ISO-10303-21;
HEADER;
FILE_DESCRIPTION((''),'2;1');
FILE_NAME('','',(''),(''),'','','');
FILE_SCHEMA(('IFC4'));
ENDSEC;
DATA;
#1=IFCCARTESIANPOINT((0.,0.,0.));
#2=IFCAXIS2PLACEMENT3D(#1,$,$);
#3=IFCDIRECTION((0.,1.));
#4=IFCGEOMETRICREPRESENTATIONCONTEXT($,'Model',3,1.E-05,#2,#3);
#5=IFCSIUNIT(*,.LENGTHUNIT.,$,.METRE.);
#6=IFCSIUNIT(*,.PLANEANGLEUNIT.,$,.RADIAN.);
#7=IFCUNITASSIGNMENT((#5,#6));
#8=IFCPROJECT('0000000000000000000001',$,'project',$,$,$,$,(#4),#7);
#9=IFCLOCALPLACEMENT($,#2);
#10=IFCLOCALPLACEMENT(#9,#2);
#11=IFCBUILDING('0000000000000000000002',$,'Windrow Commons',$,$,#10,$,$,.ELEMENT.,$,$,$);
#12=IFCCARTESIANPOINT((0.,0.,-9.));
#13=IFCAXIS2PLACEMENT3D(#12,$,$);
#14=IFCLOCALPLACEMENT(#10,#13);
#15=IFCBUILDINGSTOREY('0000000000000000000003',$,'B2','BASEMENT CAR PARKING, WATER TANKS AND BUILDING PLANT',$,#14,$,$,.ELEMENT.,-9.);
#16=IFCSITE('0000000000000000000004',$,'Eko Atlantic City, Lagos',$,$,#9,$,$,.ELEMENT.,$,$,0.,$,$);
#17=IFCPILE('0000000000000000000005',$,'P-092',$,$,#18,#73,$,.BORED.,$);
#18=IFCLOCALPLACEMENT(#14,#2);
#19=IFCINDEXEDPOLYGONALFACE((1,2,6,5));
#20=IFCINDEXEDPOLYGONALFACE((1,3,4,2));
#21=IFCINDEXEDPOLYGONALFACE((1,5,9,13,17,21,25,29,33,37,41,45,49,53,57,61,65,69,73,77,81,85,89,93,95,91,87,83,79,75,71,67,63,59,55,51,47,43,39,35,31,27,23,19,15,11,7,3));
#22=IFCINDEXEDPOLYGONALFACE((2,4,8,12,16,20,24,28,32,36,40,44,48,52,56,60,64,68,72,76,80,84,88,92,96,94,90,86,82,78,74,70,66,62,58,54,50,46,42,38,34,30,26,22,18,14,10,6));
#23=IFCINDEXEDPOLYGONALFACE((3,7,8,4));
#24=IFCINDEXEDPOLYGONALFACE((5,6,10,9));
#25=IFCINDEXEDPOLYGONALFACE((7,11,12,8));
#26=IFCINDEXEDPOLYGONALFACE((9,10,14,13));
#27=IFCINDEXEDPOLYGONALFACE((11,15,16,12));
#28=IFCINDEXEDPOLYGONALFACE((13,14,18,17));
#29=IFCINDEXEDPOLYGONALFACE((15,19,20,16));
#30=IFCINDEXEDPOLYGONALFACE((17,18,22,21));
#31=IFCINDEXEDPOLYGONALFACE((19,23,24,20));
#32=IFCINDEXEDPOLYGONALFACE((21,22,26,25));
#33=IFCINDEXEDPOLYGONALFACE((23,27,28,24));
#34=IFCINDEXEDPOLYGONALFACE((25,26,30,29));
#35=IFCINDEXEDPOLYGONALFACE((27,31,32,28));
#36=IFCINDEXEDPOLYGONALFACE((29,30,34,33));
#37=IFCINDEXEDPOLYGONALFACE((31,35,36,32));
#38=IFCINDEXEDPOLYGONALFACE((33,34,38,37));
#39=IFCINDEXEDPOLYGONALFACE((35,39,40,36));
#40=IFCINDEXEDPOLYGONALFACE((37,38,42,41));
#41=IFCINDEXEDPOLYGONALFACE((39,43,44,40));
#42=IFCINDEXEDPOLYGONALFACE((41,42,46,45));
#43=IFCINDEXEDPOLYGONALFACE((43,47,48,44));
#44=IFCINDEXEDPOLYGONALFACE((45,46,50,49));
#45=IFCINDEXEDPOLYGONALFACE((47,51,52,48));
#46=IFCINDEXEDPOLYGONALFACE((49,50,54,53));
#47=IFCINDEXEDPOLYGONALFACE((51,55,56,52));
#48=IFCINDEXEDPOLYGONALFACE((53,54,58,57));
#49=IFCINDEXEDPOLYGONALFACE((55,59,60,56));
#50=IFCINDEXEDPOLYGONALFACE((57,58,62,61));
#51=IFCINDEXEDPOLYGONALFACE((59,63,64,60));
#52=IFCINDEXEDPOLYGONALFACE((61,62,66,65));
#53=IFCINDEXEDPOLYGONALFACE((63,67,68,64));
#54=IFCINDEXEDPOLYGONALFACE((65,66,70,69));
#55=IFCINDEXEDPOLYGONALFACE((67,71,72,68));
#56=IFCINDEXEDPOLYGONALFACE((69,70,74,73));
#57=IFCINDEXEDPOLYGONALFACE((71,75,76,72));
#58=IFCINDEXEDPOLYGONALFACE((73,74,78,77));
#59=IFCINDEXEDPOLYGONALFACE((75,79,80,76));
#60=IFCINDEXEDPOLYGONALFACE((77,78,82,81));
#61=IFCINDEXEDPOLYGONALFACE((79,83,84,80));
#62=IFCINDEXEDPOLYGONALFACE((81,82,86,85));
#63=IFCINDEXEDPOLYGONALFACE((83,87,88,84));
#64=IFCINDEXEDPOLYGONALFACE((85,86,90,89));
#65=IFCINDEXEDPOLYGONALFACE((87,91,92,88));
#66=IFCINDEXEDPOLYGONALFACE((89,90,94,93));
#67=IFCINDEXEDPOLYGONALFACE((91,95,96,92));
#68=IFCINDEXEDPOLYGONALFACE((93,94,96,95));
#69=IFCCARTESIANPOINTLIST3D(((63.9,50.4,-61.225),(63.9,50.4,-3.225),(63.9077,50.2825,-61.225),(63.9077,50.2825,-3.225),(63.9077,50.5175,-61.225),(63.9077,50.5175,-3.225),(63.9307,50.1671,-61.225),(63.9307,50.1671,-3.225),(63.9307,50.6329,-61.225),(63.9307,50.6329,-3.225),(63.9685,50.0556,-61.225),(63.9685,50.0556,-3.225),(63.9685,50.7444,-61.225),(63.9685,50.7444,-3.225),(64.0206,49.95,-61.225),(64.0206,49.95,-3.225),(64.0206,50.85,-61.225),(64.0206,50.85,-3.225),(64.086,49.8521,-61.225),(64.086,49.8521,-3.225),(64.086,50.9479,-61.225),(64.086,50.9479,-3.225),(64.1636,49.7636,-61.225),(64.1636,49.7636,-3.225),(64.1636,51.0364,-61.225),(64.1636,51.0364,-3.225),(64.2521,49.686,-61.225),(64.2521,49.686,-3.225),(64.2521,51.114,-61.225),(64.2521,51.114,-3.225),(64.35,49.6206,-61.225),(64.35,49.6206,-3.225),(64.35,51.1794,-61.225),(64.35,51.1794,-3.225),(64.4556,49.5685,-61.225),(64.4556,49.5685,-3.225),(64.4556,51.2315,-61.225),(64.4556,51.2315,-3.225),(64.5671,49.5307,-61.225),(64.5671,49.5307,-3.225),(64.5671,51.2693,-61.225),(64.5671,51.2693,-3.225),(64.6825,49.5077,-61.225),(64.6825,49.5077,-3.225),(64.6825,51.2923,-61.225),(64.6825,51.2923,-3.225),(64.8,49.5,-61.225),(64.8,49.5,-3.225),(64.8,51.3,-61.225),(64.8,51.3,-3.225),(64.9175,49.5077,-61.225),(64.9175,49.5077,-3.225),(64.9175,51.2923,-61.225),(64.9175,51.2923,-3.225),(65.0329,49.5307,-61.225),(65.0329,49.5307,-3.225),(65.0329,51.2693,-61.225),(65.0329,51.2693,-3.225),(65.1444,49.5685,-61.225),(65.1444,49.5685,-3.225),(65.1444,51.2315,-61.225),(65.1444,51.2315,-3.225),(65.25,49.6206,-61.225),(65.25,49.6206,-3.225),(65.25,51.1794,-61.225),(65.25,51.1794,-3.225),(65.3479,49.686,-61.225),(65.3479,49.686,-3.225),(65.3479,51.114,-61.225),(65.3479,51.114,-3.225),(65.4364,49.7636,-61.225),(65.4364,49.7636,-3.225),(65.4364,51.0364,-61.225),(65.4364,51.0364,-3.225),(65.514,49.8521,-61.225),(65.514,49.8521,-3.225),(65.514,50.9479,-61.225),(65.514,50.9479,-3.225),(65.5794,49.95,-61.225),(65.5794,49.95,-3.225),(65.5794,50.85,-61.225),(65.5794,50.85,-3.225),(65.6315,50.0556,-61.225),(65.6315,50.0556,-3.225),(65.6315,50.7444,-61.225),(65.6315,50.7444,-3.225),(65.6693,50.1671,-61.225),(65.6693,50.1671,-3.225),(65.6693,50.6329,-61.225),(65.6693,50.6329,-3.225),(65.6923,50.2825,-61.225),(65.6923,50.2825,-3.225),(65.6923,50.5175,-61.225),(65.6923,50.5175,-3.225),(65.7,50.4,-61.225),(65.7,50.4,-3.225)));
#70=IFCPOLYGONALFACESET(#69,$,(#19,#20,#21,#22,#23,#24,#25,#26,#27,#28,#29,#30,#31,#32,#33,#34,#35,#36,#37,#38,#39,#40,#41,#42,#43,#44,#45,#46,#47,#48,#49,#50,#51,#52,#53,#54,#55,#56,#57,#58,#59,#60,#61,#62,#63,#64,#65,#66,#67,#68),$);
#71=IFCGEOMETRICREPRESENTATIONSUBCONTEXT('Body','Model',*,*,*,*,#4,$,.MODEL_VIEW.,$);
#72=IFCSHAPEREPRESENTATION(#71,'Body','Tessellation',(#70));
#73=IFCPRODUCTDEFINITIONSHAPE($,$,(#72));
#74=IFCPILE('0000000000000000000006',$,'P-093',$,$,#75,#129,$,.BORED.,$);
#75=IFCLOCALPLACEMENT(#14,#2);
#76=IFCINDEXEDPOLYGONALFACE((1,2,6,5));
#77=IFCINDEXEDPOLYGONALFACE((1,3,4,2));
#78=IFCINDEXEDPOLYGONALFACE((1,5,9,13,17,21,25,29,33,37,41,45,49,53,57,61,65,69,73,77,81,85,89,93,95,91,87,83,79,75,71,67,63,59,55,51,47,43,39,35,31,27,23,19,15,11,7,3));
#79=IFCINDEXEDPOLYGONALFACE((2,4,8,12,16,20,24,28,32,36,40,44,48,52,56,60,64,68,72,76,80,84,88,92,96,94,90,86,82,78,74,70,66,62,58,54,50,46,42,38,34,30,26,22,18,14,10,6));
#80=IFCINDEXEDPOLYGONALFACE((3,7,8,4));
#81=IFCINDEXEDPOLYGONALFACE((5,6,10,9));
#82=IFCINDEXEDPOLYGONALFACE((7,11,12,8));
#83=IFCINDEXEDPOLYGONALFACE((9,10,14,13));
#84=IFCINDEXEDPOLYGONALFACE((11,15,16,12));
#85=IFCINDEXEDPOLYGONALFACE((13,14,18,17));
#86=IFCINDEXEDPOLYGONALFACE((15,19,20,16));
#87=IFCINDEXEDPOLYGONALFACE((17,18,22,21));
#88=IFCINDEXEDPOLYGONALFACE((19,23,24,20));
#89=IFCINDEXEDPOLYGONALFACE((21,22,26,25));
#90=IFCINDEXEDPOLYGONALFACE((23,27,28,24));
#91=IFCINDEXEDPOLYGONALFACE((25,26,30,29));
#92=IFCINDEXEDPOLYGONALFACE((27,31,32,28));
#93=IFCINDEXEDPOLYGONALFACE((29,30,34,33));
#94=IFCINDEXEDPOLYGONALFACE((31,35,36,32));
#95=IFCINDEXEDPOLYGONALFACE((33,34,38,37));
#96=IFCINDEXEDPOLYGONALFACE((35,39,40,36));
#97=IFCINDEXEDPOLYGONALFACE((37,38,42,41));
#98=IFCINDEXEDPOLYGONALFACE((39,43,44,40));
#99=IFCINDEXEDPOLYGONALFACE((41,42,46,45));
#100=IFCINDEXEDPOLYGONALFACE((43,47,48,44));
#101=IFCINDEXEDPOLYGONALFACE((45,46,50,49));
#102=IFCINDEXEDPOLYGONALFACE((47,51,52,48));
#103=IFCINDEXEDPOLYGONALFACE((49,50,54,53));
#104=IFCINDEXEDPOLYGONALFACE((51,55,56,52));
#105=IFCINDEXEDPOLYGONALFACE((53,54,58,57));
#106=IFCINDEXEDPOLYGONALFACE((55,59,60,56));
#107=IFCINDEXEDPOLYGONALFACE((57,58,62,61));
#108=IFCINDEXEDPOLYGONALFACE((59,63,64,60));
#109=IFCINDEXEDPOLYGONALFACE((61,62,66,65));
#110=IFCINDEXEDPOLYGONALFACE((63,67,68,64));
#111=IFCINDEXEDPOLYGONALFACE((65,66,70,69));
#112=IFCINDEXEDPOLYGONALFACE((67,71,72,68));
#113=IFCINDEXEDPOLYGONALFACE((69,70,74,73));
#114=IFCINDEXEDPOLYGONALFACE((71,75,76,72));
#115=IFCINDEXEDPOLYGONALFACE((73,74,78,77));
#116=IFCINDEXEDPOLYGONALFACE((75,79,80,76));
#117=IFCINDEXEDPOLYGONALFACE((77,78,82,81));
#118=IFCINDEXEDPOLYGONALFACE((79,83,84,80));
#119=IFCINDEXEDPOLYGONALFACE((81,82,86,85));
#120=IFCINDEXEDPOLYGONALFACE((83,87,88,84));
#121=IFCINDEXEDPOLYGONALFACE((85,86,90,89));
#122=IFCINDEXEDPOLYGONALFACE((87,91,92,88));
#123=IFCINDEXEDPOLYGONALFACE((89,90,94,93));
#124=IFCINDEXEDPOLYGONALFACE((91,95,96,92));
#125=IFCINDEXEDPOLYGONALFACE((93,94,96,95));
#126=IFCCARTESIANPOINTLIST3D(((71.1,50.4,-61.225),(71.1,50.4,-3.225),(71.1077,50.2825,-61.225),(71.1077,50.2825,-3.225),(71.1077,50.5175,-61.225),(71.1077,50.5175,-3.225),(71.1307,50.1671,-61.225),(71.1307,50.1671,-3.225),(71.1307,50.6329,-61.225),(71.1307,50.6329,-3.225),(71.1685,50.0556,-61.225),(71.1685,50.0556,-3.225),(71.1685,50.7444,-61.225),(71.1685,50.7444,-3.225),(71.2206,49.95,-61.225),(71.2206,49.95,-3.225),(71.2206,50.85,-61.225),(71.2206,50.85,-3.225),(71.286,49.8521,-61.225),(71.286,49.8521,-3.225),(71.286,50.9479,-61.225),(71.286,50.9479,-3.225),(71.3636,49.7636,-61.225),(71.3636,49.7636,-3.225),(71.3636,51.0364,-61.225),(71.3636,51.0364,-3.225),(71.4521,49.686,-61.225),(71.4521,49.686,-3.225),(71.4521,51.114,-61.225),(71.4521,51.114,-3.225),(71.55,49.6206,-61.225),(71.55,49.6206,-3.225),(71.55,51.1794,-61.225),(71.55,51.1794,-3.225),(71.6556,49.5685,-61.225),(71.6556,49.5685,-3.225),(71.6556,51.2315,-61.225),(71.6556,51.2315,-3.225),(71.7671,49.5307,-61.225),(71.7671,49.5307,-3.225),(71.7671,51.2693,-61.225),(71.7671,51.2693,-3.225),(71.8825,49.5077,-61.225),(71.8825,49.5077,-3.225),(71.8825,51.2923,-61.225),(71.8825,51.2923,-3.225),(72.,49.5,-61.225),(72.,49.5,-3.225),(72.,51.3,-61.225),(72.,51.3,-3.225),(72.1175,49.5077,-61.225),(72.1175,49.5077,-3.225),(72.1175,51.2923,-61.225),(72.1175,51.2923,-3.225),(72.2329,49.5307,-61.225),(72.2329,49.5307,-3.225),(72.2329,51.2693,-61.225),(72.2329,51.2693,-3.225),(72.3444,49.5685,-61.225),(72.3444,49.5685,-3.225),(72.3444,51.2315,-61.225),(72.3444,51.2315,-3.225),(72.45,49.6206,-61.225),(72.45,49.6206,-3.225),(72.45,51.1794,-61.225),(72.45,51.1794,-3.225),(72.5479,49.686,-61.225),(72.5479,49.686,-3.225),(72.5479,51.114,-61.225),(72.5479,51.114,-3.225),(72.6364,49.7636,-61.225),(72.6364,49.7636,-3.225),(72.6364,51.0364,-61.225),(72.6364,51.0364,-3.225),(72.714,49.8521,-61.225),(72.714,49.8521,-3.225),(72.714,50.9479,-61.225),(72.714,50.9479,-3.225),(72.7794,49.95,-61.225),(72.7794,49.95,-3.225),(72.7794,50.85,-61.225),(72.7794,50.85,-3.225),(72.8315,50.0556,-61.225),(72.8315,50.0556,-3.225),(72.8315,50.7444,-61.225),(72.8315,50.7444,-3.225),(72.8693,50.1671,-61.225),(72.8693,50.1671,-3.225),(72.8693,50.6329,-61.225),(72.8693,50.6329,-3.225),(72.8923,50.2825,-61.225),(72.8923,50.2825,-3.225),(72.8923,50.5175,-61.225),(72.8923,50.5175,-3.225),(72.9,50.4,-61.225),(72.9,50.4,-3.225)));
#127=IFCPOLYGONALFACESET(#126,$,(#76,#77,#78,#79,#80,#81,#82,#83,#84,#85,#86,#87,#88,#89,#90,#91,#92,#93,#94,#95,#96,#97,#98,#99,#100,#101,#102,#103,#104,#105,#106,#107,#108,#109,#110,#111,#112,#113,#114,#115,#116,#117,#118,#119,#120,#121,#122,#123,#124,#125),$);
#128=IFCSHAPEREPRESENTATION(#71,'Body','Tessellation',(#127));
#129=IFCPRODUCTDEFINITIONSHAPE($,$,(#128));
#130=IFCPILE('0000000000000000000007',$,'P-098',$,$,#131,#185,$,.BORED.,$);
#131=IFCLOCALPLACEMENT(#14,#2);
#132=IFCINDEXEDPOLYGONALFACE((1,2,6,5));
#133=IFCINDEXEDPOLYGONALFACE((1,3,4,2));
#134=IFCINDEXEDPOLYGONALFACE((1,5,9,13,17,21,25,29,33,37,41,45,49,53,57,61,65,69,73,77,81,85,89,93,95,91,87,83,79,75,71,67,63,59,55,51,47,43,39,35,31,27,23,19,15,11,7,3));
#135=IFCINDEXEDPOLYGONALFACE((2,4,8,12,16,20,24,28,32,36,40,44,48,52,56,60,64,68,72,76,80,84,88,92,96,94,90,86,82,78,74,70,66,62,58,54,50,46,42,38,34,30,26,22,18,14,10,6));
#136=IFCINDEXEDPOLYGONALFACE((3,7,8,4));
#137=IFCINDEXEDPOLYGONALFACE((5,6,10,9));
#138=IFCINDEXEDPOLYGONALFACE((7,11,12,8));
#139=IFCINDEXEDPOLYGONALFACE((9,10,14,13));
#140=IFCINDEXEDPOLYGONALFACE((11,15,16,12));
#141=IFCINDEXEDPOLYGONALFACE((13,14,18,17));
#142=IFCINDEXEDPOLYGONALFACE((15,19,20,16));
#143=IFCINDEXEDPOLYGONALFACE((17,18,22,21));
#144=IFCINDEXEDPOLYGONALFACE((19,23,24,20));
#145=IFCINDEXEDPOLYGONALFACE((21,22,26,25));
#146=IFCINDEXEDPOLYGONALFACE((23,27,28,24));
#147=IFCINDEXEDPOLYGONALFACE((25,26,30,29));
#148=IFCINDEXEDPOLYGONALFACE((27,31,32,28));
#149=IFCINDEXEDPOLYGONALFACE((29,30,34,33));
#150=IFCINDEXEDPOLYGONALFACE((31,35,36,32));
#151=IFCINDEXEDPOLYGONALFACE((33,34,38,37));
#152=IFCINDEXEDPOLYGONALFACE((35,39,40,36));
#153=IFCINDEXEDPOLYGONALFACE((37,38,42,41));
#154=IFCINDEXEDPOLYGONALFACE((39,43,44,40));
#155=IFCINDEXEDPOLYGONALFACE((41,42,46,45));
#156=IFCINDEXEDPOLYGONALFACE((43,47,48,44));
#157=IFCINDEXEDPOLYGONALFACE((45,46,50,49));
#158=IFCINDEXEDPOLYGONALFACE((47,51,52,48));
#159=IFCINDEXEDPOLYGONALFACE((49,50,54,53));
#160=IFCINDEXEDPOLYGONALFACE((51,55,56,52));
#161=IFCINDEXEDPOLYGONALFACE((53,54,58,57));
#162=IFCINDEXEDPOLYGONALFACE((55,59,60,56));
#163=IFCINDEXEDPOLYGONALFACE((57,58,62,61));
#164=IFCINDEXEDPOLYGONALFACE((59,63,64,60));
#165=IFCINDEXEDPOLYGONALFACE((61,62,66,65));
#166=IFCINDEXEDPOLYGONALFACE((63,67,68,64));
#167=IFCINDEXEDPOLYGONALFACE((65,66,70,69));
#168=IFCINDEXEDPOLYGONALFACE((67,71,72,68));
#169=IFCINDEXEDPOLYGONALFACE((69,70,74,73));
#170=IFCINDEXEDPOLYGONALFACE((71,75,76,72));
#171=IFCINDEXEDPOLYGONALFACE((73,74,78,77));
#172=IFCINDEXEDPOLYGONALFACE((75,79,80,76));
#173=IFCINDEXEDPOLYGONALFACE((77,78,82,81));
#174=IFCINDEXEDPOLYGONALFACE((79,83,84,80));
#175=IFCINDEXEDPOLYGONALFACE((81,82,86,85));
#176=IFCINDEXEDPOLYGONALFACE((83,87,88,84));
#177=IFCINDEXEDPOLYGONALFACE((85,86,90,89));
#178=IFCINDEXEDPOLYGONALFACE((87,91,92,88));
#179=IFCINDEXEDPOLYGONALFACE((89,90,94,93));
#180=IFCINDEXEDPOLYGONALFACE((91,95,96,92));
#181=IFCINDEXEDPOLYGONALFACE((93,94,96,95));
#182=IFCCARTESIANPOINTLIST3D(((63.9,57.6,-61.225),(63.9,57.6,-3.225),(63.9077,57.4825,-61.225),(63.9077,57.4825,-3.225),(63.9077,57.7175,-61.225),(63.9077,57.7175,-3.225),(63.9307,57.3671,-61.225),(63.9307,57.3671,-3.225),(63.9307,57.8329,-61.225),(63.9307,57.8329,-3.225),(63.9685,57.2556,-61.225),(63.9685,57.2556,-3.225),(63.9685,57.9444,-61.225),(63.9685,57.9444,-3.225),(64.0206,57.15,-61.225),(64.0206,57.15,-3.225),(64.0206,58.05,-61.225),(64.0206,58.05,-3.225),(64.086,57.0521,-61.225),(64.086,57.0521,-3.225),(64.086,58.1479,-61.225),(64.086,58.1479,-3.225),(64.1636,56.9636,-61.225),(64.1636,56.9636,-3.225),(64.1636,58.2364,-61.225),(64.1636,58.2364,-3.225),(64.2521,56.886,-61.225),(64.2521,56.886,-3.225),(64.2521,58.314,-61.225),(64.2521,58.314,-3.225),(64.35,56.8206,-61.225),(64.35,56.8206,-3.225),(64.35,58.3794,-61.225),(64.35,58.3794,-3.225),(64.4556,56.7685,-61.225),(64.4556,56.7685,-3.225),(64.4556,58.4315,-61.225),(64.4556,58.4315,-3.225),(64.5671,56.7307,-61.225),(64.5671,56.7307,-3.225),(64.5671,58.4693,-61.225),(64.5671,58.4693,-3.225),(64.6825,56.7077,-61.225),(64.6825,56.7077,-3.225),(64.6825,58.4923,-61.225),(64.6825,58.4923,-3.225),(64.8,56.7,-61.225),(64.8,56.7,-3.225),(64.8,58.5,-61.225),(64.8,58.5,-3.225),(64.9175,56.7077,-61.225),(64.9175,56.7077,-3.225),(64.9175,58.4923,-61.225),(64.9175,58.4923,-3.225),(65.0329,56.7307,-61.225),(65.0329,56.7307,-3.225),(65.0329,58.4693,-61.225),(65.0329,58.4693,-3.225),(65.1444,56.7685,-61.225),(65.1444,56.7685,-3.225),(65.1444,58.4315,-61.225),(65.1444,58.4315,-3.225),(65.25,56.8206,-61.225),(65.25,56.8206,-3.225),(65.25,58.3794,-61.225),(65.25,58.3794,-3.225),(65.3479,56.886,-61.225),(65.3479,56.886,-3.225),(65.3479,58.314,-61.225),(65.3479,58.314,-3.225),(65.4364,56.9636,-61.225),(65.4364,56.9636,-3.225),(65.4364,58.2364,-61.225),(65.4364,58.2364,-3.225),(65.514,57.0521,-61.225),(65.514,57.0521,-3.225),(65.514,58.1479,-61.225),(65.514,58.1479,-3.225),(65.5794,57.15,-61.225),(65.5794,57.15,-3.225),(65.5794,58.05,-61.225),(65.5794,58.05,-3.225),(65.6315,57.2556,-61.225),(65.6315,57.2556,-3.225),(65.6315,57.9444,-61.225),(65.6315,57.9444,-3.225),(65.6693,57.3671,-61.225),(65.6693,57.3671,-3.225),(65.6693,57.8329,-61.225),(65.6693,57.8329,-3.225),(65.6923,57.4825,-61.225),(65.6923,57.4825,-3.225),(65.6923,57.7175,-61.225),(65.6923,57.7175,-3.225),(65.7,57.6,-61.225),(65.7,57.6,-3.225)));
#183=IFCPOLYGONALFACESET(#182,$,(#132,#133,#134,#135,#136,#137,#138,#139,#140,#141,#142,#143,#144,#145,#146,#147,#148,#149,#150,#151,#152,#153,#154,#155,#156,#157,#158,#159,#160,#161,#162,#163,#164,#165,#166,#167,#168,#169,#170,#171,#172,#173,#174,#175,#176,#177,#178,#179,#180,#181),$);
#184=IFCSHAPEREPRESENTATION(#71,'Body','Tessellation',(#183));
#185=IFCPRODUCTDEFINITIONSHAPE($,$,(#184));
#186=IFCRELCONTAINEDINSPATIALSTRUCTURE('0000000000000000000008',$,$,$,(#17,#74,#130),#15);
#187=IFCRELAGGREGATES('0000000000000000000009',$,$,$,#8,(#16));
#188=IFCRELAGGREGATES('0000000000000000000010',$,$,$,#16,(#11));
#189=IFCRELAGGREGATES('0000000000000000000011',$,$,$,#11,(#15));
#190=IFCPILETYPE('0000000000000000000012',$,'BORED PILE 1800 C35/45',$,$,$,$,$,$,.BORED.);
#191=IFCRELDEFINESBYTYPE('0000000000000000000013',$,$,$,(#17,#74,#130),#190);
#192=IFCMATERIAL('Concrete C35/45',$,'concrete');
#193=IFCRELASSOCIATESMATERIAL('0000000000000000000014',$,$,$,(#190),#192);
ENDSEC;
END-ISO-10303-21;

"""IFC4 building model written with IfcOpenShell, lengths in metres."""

from ifc_helpers import new_model, si_unit, direction, frame, origin, origin_2d, place, context, subcontext, project, spatial, circle, extrude, material, material_profile, profile_set, type_object, element, save


model = new_model("IFC4")

# Units and contexts
model_context = context("Model", 3, precision=1e-05, world=origin(), true_north=direction((0.0, 1.0)))
body_context = subcontext(model_context, "Body", "Model", "MODEL_VIEW")
ifc_project = project(units=[si_unit("LENGTHUNIT", "METRE"), si_unit("PLANEANGLEUNIT", "RADIAN")], contexts=[model_context])

# Site, building, storey
site_placement = place(None, origin())
site = spatial("IfcSite", under=ifc_project, at=site_placement, Name="Eko Atlantic City, Lagos", CompositionType="ELEMENT", RefElevation=0.0)
building_placement = place(site_placement, origin())
building = spatial("IfcBuilding", under=site, at=building_placement, Name="Windrow Commons", CompositionType="ELEMENT")
storey_placement = place(building_placement, frame((0.0, 0.0, -9.0)))
storey = spatial("IfcBuildingStorey", under=building, at=storey_placement, Name="B2", Description="BASEMENT CAR PARKING, WATER TANKS AND BUILDING PLANT", CompositionType="ELEMENT", Elevation=-9.0)

# Piles
ifc_material_1 = material(Name="Concrete C35/45", Category="concrete")
ifc_material_profile_1 = material_profile(ifc_material_1, circle(Radius=0.9, at=origin_2d()))
ifc_profile_set_1 = profile_set([ifc_material_profile_1], Name="Concrete C35/45")
pile_type = type_object("IfcPileType", Name="BORED PILE 1800 C35/45", PredefinedType="BORED", material=ifc_profile_set_1)
for number, where, z_axis, x_axis, name in (
    (1, (64.8, 50.4, -3.225), (0.0, 0.0, -1.0), (1.0, 0.0, 0.0), "P-092"),
    (2, (72.0, 50.4, -3.225), (0.0, 0.0, -1.0), (1.0, 0.0, 0.0), "P-093"),
    (3, (64.8, 57.6, -3.225), (0.0, 0.0, -1.0), (1.0, 0.0, 0.0), "P-098"),
):
    element("IfcPile", number, at=place(storey_placement, frame(where, z_axis=z_axis, x_axis=x_axis)), inside=storey, type_object=pile_type, Name=name, PredefinedType="BORED", context=body_context, shape_type="SweptSolid", body=[
        extrude(circle(Radius=0.9, at=origin_2d()), origin(), (0.0, 0.0, 1.0), 58.0),
    ])

save(model, "model.ifc")
